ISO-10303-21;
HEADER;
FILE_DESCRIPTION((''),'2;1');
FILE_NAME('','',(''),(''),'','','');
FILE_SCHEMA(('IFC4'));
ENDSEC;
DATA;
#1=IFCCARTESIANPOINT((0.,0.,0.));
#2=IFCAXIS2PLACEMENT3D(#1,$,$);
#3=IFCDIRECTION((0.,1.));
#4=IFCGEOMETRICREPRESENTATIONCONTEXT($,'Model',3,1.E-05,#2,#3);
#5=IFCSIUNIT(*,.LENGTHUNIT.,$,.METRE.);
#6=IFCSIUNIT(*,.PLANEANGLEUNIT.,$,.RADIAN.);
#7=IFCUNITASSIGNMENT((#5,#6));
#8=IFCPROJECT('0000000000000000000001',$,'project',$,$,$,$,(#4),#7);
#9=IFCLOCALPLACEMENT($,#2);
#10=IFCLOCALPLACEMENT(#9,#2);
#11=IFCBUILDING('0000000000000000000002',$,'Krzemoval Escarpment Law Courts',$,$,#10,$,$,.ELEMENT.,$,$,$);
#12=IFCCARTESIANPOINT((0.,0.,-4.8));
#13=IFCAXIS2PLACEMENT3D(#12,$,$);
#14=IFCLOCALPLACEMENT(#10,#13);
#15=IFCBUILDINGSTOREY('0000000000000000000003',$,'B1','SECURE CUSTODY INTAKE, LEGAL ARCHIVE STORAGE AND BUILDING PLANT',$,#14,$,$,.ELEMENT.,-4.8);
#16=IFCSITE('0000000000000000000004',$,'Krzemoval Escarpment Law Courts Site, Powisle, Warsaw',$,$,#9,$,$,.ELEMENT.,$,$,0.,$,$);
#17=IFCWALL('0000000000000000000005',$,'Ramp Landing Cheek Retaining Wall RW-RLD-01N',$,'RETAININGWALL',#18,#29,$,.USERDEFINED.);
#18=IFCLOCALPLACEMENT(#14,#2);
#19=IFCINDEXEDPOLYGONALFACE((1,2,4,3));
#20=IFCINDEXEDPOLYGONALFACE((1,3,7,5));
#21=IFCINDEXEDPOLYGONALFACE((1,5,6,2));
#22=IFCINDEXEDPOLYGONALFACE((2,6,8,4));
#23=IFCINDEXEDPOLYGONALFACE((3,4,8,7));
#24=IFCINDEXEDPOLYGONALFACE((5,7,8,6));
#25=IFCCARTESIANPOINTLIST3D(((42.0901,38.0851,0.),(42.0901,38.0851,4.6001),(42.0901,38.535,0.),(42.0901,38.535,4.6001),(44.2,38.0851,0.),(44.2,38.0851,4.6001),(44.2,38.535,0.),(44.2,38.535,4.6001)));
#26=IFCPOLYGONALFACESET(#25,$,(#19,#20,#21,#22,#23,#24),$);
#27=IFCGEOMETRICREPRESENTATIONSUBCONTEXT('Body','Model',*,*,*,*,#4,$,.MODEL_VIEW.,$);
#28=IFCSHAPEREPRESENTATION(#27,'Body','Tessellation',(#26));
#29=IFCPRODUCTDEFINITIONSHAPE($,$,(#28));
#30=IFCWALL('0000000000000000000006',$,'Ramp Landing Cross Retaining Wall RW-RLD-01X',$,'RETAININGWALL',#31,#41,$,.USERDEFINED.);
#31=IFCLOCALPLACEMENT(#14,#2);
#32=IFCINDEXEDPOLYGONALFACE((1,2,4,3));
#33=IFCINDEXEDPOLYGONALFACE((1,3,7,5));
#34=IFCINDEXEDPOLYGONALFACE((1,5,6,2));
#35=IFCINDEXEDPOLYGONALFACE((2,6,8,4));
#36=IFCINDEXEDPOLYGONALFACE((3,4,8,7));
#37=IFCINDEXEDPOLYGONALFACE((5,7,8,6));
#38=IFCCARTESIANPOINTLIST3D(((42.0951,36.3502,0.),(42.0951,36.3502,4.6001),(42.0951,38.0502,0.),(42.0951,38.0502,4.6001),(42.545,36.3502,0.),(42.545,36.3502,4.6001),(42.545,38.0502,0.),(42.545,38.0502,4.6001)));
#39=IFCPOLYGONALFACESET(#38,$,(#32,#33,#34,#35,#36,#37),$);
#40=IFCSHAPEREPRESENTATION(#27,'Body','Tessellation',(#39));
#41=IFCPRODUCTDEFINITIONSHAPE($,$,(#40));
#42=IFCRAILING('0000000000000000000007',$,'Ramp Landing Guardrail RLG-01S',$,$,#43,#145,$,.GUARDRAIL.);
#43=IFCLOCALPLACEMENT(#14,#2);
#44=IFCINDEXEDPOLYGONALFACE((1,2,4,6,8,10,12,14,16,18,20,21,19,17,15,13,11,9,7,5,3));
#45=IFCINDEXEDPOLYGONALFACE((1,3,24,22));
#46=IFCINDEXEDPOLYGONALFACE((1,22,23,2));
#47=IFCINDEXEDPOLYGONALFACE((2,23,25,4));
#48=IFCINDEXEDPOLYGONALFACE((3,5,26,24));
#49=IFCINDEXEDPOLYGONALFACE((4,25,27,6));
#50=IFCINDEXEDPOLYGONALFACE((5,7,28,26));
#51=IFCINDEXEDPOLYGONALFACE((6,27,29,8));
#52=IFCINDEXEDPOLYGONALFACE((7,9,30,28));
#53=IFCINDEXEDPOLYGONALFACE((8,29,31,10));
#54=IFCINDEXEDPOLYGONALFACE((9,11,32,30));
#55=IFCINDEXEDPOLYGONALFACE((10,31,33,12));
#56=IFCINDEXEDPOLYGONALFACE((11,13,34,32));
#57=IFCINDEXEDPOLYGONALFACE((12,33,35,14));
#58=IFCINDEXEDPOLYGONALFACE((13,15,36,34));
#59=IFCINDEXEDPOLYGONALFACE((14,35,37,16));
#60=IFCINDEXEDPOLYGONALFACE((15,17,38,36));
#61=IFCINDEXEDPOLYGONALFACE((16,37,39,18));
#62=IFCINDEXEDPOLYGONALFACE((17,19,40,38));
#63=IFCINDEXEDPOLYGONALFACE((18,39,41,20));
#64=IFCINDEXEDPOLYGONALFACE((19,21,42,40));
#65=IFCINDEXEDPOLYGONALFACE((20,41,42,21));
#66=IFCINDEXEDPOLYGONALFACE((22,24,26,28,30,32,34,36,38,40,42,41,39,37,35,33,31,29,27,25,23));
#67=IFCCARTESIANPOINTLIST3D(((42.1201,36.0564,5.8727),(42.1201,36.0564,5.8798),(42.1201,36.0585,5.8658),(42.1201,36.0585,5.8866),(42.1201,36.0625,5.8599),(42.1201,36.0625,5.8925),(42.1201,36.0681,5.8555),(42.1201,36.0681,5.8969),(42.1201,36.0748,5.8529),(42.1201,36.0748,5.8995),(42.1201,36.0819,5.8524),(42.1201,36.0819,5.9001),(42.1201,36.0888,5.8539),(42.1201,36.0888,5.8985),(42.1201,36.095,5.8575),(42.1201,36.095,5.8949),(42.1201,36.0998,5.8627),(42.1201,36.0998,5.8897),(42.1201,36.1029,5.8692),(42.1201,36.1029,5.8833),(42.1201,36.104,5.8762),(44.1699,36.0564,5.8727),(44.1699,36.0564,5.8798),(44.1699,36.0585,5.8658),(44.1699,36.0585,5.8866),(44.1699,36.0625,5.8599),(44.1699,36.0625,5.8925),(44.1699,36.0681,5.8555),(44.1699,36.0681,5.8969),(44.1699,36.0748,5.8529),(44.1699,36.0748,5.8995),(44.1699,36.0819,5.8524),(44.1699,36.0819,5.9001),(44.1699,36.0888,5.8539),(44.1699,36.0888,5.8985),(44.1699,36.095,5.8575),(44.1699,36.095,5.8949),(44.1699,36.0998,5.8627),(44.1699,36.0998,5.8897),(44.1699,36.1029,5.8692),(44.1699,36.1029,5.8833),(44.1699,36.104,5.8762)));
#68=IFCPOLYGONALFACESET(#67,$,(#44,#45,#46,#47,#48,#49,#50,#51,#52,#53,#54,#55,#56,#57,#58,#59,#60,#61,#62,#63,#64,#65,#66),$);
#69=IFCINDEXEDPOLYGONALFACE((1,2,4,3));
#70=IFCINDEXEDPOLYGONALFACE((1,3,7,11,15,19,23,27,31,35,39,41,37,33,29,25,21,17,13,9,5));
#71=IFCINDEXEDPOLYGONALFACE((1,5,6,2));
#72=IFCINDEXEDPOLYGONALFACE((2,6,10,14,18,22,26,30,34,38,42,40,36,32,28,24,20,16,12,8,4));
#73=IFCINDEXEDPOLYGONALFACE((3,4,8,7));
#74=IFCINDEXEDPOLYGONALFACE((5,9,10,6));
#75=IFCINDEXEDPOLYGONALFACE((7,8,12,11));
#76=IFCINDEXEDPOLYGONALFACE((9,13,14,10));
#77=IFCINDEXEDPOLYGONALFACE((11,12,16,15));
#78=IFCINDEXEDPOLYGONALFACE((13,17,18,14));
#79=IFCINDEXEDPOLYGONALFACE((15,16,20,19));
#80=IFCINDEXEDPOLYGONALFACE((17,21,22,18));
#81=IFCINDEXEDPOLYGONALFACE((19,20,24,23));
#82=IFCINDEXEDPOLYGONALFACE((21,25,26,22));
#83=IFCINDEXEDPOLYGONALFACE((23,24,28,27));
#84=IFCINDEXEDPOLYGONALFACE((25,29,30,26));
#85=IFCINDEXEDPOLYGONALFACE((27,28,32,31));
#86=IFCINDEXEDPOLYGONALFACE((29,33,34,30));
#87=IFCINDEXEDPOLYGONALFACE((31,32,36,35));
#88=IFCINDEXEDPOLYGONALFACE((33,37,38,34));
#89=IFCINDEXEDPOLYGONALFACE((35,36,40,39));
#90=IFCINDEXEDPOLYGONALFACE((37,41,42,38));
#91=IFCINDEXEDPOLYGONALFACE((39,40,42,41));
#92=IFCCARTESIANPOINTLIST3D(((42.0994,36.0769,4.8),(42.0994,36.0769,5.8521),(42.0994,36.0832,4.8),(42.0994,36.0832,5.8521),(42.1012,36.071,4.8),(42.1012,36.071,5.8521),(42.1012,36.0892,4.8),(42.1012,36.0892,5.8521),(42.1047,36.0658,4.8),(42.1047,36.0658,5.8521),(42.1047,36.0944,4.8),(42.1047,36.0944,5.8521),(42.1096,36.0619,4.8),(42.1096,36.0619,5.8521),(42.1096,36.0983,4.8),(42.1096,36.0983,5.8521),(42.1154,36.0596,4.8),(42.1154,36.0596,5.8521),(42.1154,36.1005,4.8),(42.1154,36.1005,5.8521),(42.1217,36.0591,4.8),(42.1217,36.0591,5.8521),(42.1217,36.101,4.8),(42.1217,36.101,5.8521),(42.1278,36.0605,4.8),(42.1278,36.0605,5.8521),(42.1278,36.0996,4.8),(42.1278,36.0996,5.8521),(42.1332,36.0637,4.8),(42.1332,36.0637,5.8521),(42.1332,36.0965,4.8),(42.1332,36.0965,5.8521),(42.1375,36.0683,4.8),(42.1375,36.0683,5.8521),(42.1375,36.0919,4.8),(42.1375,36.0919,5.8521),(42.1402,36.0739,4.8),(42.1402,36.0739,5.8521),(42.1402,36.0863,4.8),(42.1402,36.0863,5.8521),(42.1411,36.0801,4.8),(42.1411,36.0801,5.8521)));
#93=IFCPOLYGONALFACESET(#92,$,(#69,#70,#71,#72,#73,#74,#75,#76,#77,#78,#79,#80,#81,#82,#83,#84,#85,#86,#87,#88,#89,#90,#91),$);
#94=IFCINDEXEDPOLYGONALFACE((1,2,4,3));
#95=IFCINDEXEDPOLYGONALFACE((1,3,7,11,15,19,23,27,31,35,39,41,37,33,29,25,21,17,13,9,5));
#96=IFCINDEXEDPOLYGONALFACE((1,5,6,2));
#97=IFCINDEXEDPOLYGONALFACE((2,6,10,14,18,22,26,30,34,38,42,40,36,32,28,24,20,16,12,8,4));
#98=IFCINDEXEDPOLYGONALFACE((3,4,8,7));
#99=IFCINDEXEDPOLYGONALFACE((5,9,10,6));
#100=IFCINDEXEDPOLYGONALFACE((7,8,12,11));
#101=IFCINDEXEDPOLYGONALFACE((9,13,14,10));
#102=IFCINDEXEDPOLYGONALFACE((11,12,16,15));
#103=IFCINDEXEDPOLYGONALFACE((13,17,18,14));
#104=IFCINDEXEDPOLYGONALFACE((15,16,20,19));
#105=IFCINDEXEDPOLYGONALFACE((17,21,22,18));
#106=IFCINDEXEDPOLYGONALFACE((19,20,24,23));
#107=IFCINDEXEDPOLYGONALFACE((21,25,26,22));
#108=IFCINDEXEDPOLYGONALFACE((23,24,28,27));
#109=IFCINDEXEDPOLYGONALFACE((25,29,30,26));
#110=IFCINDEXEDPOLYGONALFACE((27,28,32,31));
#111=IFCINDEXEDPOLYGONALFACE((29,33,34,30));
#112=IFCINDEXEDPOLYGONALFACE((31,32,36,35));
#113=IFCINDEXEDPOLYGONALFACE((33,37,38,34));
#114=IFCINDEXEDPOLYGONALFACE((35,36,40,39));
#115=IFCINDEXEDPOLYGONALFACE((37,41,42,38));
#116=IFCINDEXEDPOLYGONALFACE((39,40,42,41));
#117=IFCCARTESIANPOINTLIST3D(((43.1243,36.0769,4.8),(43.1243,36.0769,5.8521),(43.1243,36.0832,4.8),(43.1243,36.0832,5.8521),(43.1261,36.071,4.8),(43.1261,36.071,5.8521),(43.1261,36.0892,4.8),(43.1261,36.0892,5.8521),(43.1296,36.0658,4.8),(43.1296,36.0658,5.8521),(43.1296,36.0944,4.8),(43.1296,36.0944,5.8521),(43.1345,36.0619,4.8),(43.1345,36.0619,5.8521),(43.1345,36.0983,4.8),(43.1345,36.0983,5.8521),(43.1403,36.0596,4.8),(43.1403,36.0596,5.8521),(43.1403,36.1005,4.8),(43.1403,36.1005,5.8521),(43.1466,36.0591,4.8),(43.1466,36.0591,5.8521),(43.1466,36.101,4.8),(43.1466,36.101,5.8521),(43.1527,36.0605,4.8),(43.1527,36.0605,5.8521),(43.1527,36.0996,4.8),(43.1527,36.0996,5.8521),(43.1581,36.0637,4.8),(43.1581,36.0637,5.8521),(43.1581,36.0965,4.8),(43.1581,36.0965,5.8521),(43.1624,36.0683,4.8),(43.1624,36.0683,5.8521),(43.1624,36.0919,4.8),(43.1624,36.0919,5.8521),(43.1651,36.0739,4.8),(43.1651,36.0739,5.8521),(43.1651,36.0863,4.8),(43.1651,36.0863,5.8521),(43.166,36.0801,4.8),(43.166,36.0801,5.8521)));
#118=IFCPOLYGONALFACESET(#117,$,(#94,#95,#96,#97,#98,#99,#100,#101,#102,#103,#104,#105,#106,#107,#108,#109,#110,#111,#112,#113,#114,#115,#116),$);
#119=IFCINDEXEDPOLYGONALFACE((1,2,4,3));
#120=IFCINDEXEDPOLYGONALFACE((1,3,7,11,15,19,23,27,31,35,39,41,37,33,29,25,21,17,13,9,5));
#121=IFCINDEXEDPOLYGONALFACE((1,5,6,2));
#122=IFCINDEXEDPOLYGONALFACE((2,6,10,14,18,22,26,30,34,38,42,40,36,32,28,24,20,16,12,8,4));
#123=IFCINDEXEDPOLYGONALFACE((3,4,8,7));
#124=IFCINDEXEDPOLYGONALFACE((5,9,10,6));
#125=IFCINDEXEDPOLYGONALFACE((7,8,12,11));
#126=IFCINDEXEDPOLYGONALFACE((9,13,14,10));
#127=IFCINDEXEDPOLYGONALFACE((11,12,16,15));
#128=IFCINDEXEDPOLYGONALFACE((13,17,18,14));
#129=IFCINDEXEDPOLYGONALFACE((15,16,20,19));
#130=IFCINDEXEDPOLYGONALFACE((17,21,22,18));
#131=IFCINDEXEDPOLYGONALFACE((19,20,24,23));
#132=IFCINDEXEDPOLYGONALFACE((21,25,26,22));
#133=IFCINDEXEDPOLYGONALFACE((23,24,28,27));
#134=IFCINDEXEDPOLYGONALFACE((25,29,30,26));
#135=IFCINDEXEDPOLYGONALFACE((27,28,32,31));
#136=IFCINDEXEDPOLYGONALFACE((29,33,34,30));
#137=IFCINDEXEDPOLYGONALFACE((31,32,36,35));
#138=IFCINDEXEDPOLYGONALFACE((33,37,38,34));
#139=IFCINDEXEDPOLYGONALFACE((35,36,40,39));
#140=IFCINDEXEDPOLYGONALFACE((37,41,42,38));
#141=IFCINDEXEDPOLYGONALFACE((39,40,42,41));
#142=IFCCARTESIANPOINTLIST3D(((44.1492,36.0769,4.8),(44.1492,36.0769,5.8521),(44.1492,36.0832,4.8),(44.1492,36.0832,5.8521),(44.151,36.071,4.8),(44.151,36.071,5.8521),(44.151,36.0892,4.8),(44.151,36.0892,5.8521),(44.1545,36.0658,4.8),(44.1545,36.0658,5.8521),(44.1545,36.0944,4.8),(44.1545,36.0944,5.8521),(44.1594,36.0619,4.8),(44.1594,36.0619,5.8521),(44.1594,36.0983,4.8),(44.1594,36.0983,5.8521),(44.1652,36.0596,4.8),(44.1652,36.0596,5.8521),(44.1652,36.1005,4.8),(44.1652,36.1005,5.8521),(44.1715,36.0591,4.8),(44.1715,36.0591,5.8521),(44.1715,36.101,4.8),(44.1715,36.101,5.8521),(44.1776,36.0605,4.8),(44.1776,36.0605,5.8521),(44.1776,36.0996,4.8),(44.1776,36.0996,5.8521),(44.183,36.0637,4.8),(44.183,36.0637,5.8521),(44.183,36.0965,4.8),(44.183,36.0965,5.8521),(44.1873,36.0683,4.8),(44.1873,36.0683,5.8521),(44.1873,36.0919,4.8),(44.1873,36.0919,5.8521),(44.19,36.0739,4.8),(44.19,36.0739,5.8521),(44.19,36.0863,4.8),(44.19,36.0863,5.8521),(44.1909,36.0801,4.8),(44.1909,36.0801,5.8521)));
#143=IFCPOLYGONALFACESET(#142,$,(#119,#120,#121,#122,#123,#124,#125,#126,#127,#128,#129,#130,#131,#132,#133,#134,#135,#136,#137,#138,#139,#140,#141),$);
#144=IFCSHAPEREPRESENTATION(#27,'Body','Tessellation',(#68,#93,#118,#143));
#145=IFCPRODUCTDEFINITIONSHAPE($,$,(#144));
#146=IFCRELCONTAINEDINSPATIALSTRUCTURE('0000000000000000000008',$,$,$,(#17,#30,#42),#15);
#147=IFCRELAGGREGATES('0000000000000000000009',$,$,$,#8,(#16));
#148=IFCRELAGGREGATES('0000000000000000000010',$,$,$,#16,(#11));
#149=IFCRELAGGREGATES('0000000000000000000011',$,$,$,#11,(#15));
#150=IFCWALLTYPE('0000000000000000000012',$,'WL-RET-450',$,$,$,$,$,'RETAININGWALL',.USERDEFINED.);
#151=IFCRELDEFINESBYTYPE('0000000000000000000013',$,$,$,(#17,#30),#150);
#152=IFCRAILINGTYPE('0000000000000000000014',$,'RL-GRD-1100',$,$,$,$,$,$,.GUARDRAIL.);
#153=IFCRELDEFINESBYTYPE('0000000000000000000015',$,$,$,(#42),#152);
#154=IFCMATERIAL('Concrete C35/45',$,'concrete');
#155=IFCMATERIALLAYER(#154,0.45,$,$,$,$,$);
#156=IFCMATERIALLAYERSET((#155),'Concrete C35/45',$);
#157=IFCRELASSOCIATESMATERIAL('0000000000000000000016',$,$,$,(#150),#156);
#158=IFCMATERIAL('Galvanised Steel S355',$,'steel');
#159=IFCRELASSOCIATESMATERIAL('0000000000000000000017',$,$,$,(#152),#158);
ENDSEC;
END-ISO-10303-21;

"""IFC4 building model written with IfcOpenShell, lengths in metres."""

from ifc_helpers import new_model, si_unit, direction, frame, frame_2d, origin, origin_2d, place, context, subcontext, project, spatial, rectangle, circle, extrude, material, layer, layer_set, type_object, element, save


model = new_model("IFC4")

# Units and contexts
model_context = context("Model", 3, precision=1e-05, world=origin(), true_north=direction((0.0, 1.0)))
body_context = subcontext(model_context, "Body", "Model", "MODEL_VIEW")
ifc_project = project(units=[si_unit("LENGTHUNIT", "METRE"), si_unit("PLANEANGLEUNIT", "RADIAN")], contexts=[model_context])

# Site, building, storey
site_placement = place(None, origin())
site = spatial("IfcSite", under=ifc_project, at=site_placement, Name="Krzemoval Escarpment Law Courts Site, Powisle, Warsaw", CompositionType="ELEMENT", RefElevation=0.0)
building_placement = place(site_placement, origin())
building = spatial("IfcBuilding", under=site, at=building_placement, Name="Krzemoval Escarpment Law Courts", CompositionType="ELEMENT")
storey_placement = place(building_placement, frame((0.0, 0.0, -4.8)))
storey = spatial("IfcBuildingStorey", under=building, at=storey_placement, Name="B1", Description="SECURE CUSTODY INTAKE, LEGAL ARCHIVE STORAGE AND BUILDING PLANT", CompositionType="ELEMENT", Elevation=-4.8)

# Walls
ifc_material_1 = material(Name="Concrete C35/45", Category="concrete")
ifc_layer = layer(ifc_material_1, 0.45)
ifc_layer_set = layer_set([ifc_layer], Name="Concrete C35/45")
wall_type = type_object("IfcWallType", Name="WL-RET-450", ElementType="RETAININGWALL", PredefinedType="USERDEFINED", material=ifc_layer_set)
for number, where, z_axis, x_axis, name in (
    (1, (42.0901, 38.3101, 0.0), (0.0, 0.0, 1.0), (1.0, 0.0, 0.0), "Ramp Landing Cheek Retaining Wall RW-RLD-01N"),
):
    element("IfcWall", number, at=place(storey_placement, frame(where, z_axis=z_axis, x_axis=x_axis)), inside=storey, type_object=wall_type, Name=name, ObjectType="RETAININGWALL", PredefinedType="USERDEFINED", context=body_context, shape_type="SweptSolid", body=[
        extrude(rectangle(XDim=2.1099, YDim=0.45, at=frame_2d((1.0549, 0.0))), origin(), (0.0, 0.0, 1.0), 4.6001),
    ])
wall_placement = place(storey_placement, frame((42.3201, 36.3501, 0.0), z_axis=(0.0, 0.0, 1.0), x_axis=(0.0, 1.0, 0.0)))
element("IfcWall", 2, at=wall_placement, inside=storey, type_object=wall_type, Name="Ramp Landing Cross Retaining Wall RW-RLD-01X", ObjectType="RETAININGWALL", PredefinedType="USERDEFINED", context=body_context, shape_type="SweptSolid", body=[
    extrude(rectangle(XDim=1.7, YDim=0.45, at=frame_2d((0.8501, 0.0))), origin(), (0.0, 0.0, 1.0), 4.6001),
])

# Railing
ifc_material_2 = material(Name="Galvanised Steel S355", Category="steel")
railing_type_1 = type_object("IfcRailingType", Name="RL-GRD-1100", PredefinedType="GUARDRAIL", material=ifc_material_2)
for number, where, name in (
    (3, (42.1201, 36.0801, 4.8), "Ramp Landing Guardrail RLG-01S"),
):
    element("IfcRailing", number, at=place(storey_placement, frame(where)), inside=storey, type_object=railing_type_1, Name=name, PredefinedType="GUARDRAIL", context=body_context, shape_type="SweptSolid", body=[
        extrude(circle(Radius=0.0239, at=origin_2d()), frame((0.0, 0.0, 1.0762), z_axis=(1.0, 0.0, 0.0), x_axis=(0.0, 1.0, 0.0)), (0.0, 0.0, 1.0), 2.0498),
        extrude(circle(Radius=0.021, at=origin_2d()), origin(), (0.0, 0.0, 1.0), 1.052),
        extrude(circle(Radius=0.021, at=origin_2d()), frame((1.0249, 0.0, 0.0)), (0.0, 0.0, 1.0), 1.052),
        extrude(circle(Radius=0.021, at=origin_2d()), frame((2.0498, 0.0, 0.0)), (0.0, 0.0, 1.0), 1.052),
    ])

save(model, "model.ifc")
